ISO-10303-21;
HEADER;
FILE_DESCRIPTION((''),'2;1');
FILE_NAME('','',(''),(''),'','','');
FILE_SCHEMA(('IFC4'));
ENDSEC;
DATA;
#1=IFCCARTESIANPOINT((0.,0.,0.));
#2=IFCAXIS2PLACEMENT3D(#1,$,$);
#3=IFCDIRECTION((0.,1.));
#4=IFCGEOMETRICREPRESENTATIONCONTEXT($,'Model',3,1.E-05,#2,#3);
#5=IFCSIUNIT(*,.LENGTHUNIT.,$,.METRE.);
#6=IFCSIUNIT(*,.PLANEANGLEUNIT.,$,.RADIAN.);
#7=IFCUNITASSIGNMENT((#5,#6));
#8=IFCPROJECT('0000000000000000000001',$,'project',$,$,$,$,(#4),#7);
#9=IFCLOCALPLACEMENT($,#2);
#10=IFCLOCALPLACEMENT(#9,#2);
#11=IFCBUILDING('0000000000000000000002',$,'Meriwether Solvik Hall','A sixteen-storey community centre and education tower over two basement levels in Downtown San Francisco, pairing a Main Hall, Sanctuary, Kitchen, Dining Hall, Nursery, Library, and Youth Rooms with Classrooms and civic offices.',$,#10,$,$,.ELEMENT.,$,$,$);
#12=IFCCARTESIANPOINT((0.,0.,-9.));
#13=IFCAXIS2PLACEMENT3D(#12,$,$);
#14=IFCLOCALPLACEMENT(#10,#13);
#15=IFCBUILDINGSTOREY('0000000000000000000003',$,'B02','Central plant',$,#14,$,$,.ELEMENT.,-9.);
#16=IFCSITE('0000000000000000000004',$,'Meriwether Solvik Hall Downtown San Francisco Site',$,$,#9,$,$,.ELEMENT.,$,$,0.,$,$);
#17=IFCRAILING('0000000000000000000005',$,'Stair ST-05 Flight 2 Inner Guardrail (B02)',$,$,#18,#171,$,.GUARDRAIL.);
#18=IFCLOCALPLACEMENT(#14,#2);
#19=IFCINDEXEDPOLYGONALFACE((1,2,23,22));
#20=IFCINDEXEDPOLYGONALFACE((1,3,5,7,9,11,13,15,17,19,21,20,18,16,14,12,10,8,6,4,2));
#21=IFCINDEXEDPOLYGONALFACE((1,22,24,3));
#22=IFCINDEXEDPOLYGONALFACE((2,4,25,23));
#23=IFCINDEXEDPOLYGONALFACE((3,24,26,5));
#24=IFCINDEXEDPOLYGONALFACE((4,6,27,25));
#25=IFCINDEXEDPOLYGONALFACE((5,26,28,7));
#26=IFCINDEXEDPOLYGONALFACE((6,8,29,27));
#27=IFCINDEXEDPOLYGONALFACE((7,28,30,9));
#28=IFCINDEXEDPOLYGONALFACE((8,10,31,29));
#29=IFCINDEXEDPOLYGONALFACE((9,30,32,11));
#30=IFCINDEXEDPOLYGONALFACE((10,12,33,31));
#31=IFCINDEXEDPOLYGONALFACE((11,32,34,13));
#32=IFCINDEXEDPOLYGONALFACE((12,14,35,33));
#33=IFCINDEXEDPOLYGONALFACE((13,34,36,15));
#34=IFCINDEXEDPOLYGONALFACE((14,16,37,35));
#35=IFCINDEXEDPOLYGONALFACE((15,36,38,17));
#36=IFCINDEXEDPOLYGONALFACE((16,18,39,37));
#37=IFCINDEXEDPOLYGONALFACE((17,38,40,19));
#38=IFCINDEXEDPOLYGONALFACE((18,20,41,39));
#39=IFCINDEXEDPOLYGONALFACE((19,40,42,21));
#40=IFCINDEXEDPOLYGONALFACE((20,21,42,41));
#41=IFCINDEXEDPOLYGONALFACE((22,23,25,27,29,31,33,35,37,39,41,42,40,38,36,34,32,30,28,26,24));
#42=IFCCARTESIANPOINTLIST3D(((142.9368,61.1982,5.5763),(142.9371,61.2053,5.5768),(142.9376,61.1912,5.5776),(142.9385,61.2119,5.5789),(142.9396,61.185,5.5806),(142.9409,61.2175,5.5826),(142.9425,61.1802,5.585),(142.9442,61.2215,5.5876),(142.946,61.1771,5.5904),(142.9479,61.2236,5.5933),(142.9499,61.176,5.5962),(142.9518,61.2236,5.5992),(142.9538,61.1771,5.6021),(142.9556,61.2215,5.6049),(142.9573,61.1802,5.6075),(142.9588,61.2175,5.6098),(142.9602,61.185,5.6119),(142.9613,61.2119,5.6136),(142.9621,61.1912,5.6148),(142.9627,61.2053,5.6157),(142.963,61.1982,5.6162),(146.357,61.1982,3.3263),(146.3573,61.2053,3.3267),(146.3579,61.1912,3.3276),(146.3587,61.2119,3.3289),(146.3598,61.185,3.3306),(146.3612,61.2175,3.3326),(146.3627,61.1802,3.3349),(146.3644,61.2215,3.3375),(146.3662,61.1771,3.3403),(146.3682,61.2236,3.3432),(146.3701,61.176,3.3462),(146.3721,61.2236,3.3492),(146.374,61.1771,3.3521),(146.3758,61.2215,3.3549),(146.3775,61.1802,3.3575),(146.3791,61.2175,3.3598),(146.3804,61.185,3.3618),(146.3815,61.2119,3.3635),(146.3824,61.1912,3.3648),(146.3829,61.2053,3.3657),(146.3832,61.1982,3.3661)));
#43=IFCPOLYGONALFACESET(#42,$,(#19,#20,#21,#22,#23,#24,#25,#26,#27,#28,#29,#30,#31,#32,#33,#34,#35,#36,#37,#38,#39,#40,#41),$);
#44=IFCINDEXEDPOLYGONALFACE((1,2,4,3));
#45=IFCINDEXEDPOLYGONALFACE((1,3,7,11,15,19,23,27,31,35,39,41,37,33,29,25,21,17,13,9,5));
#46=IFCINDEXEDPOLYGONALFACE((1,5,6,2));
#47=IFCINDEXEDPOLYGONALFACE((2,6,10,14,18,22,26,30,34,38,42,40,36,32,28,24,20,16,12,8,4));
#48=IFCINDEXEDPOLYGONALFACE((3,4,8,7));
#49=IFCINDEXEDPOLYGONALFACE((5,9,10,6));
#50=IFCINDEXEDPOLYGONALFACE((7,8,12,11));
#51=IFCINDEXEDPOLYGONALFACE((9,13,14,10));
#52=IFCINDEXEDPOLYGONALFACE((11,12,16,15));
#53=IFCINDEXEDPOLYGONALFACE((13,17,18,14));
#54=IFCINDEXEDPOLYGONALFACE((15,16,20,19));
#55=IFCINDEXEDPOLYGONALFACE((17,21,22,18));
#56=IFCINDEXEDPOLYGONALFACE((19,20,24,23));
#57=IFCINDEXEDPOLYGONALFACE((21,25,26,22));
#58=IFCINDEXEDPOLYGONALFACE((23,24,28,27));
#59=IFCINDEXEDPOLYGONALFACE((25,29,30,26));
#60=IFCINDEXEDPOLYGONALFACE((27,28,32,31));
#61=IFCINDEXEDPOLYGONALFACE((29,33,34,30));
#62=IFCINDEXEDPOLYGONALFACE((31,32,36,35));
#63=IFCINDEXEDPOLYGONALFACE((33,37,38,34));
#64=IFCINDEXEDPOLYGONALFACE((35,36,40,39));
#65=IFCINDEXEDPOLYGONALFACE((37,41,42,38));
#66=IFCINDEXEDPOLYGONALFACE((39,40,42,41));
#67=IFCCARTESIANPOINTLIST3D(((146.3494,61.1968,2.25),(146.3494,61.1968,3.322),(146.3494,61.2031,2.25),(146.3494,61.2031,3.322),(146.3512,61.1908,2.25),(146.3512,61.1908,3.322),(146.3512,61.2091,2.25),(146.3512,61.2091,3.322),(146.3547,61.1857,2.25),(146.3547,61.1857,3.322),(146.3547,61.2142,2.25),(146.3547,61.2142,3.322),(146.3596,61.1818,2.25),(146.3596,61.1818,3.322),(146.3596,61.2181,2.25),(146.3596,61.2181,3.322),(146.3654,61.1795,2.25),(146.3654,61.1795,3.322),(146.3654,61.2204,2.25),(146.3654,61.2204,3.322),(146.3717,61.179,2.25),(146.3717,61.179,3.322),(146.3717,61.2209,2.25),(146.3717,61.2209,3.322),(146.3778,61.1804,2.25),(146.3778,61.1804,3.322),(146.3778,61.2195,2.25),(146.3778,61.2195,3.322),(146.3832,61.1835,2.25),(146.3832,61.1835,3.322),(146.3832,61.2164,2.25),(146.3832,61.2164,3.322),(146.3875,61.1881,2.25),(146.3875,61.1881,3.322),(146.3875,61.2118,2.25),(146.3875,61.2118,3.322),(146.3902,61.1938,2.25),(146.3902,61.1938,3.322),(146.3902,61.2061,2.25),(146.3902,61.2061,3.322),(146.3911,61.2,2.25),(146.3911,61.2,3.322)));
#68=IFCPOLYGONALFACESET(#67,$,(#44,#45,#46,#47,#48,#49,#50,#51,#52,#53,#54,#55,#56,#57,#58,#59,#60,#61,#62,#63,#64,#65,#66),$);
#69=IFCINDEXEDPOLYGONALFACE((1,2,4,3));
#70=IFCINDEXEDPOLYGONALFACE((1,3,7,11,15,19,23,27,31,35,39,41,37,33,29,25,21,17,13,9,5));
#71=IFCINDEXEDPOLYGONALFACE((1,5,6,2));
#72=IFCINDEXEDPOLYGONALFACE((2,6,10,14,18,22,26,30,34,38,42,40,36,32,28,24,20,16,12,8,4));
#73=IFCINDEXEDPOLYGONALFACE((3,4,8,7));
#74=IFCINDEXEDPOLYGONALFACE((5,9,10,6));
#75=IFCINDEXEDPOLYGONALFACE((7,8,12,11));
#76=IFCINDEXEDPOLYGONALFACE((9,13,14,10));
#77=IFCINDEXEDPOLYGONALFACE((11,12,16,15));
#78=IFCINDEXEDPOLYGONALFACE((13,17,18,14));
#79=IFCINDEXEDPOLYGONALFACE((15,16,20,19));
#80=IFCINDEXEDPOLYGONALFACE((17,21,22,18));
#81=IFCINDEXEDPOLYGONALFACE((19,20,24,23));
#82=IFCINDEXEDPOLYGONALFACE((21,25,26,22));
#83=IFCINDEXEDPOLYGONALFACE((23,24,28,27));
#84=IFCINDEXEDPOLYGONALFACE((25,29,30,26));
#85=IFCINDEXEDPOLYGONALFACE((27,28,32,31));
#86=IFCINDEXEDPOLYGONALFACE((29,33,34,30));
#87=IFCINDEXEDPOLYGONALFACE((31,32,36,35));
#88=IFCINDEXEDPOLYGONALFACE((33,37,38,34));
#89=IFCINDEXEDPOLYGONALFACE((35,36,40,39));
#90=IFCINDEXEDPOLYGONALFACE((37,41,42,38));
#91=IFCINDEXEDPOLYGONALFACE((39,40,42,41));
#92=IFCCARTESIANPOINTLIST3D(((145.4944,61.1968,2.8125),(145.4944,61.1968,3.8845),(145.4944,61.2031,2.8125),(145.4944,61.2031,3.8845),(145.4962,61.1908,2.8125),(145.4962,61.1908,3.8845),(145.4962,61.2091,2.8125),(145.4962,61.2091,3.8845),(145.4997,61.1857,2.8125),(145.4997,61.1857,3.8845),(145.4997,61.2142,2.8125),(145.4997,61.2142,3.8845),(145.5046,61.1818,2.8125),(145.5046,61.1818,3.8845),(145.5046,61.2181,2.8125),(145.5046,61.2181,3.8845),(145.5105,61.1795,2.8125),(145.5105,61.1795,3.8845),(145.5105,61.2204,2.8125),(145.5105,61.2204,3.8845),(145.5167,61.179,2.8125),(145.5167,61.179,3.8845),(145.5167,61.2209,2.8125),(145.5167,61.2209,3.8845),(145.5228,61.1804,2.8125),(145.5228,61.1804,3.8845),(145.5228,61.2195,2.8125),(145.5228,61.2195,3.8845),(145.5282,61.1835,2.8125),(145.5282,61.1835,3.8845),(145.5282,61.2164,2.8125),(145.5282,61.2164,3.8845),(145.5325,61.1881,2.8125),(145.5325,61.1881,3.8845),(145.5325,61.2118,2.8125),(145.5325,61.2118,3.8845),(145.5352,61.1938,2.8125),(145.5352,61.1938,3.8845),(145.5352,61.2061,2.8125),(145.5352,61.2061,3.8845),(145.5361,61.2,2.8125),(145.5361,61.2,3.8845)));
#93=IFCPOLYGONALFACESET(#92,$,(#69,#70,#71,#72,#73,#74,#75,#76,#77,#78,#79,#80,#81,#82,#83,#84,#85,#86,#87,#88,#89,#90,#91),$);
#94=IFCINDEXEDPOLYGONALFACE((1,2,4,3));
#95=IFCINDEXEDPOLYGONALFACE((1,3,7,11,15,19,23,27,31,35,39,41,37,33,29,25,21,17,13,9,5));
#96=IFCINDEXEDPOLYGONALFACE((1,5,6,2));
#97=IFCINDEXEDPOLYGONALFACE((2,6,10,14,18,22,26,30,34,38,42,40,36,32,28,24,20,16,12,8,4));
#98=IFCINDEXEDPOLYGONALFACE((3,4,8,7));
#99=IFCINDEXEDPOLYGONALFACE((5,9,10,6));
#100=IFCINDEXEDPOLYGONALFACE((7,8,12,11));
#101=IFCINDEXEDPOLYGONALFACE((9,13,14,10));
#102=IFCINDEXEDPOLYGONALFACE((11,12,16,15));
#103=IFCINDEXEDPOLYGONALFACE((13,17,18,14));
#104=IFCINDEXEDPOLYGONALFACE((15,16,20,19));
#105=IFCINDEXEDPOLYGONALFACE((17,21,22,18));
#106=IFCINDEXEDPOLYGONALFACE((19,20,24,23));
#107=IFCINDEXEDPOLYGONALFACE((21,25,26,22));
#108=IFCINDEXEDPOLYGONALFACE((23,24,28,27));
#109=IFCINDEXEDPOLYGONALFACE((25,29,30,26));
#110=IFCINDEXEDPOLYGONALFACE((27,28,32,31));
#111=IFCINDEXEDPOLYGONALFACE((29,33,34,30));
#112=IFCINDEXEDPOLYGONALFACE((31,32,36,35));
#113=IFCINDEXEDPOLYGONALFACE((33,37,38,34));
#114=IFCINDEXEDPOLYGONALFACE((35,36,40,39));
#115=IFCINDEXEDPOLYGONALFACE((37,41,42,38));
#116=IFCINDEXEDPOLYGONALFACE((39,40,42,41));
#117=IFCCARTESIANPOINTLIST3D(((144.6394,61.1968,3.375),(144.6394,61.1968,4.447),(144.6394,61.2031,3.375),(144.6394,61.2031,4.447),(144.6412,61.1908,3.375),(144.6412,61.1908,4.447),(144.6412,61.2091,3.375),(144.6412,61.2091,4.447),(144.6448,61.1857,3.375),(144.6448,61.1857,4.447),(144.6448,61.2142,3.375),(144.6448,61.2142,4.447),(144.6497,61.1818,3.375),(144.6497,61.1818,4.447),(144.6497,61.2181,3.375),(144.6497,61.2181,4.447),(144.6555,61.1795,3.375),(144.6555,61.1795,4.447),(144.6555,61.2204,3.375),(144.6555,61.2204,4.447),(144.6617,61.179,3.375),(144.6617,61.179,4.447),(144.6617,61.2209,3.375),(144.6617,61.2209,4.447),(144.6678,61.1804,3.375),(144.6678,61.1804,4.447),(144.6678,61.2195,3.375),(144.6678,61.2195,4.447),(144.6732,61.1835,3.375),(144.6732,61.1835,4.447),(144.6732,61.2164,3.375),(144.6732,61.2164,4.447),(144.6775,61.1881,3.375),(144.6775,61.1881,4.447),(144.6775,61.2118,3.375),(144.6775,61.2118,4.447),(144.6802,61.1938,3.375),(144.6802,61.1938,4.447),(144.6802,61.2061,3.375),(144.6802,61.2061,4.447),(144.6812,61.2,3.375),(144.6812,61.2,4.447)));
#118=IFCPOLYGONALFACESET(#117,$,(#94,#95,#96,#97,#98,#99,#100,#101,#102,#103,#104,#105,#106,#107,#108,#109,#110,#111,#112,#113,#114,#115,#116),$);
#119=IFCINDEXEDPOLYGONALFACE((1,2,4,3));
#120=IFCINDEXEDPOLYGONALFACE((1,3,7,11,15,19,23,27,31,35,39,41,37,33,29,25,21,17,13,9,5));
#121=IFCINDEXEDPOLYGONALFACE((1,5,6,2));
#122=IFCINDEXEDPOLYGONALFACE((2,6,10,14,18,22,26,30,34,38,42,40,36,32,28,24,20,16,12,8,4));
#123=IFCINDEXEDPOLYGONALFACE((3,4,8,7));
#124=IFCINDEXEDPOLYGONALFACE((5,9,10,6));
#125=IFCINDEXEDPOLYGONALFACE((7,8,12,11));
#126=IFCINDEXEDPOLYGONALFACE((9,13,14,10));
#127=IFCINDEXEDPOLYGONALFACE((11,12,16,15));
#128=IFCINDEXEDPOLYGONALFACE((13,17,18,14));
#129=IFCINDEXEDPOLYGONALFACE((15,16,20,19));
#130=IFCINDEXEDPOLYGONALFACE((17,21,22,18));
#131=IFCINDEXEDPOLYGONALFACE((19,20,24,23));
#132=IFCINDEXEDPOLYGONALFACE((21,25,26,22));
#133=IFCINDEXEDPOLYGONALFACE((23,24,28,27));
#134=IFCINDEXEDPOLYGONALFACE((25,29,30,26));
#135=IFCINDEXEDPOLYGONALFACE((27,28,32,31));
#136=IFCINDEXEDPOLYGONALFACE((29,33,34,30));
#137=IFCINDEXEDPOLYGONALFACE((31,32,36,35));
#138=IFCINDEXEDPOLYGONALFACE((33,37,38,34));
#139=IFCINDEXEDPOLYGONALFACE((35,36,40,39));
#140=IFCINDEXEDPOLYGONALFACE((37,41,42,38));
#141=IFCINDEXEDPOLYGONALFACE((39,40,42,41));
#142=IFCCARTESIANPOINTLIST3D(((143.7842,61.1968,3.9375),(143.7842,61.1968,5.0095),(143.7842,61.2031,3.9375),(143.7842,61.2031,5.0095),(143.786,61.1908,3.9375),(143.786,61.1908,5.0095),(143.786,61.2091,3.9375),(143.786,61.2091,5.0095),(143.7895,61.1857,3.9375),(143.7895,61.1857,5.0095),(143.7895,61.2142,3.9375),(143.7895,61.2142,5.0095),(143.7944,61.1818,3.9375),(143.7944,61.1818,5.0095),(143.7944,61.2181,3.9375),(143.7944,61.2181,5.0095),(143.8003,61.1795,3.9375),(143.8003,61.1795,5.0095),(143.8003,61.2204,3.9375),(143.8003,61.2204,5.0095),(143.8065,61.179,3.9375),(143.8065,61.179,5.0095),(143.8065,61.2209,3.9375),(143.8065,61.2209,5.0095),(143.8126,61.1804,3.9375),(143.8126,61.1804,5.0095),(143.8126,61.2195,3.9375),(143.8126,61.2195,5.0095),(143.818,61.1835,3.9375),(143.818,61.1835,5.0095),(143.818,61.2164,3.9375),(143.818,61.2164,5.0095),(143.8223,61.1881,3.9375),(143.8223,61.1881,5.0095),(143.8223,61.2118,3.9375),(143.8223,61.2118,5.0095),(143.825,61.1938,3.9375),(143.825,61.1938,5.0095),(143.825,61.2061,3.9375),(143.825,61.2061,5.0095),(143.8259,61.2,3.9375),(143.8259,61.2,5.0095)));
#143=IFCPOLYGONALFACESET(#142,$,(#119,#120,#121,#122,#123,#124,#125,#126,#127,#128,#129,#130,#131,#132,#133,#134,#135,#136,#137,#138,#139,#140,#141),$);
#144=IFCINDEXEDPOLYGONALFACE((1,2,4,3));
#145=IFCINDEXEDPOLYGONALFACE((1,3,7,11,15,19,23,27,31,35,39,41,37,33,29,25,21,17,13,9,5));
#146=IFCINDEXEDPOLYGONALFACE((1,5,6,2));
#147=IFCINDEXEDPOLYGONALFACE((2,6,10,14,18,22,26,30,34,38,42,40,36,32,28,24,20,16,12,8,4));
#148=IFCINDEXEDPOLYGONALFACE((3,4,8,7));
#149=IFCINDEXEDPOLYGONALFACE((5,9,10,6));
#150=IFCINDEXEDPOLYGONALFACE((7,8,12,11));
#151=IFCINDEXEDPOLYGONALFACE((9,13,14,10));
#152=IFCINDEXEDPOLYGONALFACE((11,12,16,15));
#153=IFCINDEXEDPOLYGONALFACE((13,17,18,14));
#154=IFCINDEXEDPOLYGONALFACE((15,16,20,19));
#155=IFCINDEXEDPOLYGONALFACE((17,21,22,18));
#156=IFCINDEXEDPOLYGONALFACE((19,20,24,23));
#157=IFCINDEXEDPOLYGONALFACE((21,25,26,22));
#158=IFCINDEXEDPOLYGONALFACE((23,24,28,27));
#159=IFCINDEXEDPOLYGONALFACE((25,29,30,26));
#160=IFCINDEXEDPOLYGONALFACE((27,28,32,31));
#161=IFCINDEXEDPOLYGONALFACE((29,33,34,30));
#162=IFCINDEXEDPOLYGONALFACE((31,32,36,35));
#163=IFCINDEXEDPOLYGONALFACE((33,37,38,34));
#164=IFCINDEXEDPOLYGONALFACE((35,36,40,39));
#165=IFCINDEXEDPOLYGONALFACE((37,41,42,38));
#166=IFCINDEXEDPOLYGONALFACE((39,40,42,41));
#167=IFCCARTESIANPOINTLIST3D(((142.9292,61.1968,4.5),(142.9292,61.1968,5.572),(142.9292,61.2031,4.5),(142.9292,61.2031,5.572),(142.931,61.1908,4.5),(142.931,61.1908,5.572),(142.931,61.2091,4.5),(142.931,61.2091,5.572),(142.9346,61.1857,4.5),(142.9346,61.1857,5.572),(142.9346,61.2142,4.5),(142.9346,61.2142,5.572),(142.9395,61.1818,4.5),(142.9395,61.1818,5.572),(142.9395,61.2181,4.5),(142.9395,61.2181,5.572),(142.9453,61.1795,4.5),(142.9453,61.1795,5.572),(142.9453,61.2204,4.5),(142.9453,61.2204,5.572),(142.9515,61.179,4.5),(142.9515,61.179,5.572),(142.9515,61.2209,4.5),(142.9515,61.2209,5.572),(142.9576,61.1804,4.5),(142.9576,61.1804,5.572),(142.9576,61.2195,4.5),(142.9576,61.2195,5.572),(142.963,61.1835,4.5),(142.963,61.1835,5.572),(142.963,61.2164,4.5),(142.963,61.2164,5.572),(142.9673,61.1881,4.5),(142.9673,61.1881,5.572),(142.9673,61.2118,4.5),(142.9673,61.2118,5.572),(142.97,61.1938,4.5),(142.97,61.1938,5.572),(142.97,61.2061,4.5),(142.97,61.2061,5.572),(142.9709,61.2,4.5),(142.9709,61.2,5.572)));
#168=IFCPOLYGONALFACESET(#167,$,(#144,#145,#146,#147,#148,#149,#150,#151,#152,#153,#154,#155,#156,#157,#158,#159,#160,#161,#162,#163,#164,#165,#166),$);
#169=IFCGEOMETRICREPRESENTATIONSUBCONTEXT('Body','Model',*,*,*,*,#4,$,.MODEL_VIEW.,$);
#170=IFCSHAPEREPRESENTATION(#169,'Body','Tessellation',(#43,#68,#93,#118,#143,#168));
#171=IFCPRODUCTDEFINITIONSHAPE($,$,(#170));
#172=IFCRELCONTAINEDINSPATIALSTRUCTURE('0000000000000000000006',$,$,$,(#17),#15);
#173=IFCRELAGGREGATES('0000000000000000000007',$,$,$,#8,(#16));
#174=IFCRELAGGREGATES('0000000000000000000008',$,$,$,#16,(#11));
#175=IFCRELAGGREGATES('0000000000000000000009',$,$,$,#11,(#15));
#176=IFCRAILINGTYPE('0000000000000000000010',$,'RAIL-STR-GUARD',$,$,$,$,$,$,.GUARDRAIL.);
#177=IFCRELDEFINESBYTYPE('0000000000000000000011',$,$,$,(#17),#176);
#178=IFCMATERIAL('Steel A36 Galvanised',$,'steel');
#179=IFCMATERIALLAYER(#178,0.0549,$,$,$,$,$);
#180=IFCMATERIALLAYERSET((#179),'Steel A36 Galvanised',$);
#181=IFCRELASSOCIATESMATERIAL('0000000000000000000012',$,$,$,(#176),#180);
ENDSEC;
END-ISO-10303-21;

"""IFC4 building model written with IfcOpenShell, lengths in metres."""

from ifc_helpers import new_model, si_unit, direction, frame, origin, origin_2d, place, context, subcontext, project, spatial, circle, extrude, material, layer, layer_set, type_object, element, save


model = new_model("IFC4")

# Units and contexts
model_context = context("Model", 3, precision=1e-05, world=origin(), true_north=direction((0.0, 1.0)))
body_context = subcontext(model_context, "Body", "Model", "MODEL_VIEW")
ifc_project = project(units=[si_unit("LENGTHUNIT", "METRE"), si_unit("PLANEANGLEUNIT", "RADIAN")], contexts=[model_context])

# Site, building, storey
site_placement = place(None, origin())
site = spatial("IfcSite", under=ifc_project, at=site_placement, Name="Meriwether Solvik Hall Downtown San Francisco Site", CompositionType="ELEMENT", RefElevation=0.0)
building_placement = place(site_placement, origin())
building = spatial("IfcBuilding", under=site, at=building_placement, Name="Meriwether Solvik Hall", Description="A sixteen-storey community centre and education tower over two basement levels in Downtown San Francisco, pairing a Main Hall, Sanctuary, Kitchen, Dining Hall, Nursery, Library, and Youth Rooms with Classrooms and civic offices.", CompositionType="ELEMENT")
storey_placement = place(building_placement, frame((0.0, 0.0, -9.0)))
storey = spatial("IfcBuildingStorey", under=building, at=storey_placement, Name="B02", Description="Central plant", CompositionType="ELEMENT", Elevation=-9.0)

# Railing
ifc_material_1 = material(Name="Steel A36 Galvanised", Category="steel")
ifc_layer_1 = layer(ifc_material_1, 0.0549)
ifc_layer_set_1 = layer_set([ifc_layer_1], Name="Steel A36 Galvanised")
railing_type = type_object("IfcRailingType", Name="RAIL-STR-GUARD", PredefinedType="GUARDRAIL", material=ifc_layer_set_1)
railing_1_placement = place(storey_placement, frame((146.3701, 61.2, 2.25)))
element("IfcRailing", 1, at=railing_1_placement, inside=storey, type_object=railing_type, Name="Stair ST-05 Flight 2 Inner Guardrail (B02)", PredefinedType="GUARDRAIL", context=body_context, shape_type="SweptSolid", body=[
    extrude(circle(Radius=0.0239, at=origin_2d()), frame((0.0, 0.0, 1.0962), z_axis=(-0.835429, 0.0, 0.549598), x_axis=(0.0, -1.0, 0.0)), (0.0, 0.0, 1.0), 4.094),
    extrude(circle(Radius=0.021, at=origin_2d()), origin(), (0.0, 0.0, 1.0), 1.072),
    extrude(circle(Radius=0.021, at=origin_2d()), frame((-0.855, 0.0, 0.5625)), (0.0, 0.0, 1.0), 1.072),
    extrude(circle(Radius=0.021, at=origin_2d()), frame((-1.71, 0.0, 1.125)), (0.0, 0.0, 1.0), 1.072),
    extrude(circle(Radius=0.021, at=origin_2d()), frame((-2.5652, 0.0, 1.6875)), (0.0, 0.0, 1.0), 1.072),
    extrude(circle(Radius=0.021, at=origin_2d()), frame((-3.4202, 0.0, 2.25)), (0.0, 0.0, 1.0), 1.072),
])

save(model, "model.ifc")
